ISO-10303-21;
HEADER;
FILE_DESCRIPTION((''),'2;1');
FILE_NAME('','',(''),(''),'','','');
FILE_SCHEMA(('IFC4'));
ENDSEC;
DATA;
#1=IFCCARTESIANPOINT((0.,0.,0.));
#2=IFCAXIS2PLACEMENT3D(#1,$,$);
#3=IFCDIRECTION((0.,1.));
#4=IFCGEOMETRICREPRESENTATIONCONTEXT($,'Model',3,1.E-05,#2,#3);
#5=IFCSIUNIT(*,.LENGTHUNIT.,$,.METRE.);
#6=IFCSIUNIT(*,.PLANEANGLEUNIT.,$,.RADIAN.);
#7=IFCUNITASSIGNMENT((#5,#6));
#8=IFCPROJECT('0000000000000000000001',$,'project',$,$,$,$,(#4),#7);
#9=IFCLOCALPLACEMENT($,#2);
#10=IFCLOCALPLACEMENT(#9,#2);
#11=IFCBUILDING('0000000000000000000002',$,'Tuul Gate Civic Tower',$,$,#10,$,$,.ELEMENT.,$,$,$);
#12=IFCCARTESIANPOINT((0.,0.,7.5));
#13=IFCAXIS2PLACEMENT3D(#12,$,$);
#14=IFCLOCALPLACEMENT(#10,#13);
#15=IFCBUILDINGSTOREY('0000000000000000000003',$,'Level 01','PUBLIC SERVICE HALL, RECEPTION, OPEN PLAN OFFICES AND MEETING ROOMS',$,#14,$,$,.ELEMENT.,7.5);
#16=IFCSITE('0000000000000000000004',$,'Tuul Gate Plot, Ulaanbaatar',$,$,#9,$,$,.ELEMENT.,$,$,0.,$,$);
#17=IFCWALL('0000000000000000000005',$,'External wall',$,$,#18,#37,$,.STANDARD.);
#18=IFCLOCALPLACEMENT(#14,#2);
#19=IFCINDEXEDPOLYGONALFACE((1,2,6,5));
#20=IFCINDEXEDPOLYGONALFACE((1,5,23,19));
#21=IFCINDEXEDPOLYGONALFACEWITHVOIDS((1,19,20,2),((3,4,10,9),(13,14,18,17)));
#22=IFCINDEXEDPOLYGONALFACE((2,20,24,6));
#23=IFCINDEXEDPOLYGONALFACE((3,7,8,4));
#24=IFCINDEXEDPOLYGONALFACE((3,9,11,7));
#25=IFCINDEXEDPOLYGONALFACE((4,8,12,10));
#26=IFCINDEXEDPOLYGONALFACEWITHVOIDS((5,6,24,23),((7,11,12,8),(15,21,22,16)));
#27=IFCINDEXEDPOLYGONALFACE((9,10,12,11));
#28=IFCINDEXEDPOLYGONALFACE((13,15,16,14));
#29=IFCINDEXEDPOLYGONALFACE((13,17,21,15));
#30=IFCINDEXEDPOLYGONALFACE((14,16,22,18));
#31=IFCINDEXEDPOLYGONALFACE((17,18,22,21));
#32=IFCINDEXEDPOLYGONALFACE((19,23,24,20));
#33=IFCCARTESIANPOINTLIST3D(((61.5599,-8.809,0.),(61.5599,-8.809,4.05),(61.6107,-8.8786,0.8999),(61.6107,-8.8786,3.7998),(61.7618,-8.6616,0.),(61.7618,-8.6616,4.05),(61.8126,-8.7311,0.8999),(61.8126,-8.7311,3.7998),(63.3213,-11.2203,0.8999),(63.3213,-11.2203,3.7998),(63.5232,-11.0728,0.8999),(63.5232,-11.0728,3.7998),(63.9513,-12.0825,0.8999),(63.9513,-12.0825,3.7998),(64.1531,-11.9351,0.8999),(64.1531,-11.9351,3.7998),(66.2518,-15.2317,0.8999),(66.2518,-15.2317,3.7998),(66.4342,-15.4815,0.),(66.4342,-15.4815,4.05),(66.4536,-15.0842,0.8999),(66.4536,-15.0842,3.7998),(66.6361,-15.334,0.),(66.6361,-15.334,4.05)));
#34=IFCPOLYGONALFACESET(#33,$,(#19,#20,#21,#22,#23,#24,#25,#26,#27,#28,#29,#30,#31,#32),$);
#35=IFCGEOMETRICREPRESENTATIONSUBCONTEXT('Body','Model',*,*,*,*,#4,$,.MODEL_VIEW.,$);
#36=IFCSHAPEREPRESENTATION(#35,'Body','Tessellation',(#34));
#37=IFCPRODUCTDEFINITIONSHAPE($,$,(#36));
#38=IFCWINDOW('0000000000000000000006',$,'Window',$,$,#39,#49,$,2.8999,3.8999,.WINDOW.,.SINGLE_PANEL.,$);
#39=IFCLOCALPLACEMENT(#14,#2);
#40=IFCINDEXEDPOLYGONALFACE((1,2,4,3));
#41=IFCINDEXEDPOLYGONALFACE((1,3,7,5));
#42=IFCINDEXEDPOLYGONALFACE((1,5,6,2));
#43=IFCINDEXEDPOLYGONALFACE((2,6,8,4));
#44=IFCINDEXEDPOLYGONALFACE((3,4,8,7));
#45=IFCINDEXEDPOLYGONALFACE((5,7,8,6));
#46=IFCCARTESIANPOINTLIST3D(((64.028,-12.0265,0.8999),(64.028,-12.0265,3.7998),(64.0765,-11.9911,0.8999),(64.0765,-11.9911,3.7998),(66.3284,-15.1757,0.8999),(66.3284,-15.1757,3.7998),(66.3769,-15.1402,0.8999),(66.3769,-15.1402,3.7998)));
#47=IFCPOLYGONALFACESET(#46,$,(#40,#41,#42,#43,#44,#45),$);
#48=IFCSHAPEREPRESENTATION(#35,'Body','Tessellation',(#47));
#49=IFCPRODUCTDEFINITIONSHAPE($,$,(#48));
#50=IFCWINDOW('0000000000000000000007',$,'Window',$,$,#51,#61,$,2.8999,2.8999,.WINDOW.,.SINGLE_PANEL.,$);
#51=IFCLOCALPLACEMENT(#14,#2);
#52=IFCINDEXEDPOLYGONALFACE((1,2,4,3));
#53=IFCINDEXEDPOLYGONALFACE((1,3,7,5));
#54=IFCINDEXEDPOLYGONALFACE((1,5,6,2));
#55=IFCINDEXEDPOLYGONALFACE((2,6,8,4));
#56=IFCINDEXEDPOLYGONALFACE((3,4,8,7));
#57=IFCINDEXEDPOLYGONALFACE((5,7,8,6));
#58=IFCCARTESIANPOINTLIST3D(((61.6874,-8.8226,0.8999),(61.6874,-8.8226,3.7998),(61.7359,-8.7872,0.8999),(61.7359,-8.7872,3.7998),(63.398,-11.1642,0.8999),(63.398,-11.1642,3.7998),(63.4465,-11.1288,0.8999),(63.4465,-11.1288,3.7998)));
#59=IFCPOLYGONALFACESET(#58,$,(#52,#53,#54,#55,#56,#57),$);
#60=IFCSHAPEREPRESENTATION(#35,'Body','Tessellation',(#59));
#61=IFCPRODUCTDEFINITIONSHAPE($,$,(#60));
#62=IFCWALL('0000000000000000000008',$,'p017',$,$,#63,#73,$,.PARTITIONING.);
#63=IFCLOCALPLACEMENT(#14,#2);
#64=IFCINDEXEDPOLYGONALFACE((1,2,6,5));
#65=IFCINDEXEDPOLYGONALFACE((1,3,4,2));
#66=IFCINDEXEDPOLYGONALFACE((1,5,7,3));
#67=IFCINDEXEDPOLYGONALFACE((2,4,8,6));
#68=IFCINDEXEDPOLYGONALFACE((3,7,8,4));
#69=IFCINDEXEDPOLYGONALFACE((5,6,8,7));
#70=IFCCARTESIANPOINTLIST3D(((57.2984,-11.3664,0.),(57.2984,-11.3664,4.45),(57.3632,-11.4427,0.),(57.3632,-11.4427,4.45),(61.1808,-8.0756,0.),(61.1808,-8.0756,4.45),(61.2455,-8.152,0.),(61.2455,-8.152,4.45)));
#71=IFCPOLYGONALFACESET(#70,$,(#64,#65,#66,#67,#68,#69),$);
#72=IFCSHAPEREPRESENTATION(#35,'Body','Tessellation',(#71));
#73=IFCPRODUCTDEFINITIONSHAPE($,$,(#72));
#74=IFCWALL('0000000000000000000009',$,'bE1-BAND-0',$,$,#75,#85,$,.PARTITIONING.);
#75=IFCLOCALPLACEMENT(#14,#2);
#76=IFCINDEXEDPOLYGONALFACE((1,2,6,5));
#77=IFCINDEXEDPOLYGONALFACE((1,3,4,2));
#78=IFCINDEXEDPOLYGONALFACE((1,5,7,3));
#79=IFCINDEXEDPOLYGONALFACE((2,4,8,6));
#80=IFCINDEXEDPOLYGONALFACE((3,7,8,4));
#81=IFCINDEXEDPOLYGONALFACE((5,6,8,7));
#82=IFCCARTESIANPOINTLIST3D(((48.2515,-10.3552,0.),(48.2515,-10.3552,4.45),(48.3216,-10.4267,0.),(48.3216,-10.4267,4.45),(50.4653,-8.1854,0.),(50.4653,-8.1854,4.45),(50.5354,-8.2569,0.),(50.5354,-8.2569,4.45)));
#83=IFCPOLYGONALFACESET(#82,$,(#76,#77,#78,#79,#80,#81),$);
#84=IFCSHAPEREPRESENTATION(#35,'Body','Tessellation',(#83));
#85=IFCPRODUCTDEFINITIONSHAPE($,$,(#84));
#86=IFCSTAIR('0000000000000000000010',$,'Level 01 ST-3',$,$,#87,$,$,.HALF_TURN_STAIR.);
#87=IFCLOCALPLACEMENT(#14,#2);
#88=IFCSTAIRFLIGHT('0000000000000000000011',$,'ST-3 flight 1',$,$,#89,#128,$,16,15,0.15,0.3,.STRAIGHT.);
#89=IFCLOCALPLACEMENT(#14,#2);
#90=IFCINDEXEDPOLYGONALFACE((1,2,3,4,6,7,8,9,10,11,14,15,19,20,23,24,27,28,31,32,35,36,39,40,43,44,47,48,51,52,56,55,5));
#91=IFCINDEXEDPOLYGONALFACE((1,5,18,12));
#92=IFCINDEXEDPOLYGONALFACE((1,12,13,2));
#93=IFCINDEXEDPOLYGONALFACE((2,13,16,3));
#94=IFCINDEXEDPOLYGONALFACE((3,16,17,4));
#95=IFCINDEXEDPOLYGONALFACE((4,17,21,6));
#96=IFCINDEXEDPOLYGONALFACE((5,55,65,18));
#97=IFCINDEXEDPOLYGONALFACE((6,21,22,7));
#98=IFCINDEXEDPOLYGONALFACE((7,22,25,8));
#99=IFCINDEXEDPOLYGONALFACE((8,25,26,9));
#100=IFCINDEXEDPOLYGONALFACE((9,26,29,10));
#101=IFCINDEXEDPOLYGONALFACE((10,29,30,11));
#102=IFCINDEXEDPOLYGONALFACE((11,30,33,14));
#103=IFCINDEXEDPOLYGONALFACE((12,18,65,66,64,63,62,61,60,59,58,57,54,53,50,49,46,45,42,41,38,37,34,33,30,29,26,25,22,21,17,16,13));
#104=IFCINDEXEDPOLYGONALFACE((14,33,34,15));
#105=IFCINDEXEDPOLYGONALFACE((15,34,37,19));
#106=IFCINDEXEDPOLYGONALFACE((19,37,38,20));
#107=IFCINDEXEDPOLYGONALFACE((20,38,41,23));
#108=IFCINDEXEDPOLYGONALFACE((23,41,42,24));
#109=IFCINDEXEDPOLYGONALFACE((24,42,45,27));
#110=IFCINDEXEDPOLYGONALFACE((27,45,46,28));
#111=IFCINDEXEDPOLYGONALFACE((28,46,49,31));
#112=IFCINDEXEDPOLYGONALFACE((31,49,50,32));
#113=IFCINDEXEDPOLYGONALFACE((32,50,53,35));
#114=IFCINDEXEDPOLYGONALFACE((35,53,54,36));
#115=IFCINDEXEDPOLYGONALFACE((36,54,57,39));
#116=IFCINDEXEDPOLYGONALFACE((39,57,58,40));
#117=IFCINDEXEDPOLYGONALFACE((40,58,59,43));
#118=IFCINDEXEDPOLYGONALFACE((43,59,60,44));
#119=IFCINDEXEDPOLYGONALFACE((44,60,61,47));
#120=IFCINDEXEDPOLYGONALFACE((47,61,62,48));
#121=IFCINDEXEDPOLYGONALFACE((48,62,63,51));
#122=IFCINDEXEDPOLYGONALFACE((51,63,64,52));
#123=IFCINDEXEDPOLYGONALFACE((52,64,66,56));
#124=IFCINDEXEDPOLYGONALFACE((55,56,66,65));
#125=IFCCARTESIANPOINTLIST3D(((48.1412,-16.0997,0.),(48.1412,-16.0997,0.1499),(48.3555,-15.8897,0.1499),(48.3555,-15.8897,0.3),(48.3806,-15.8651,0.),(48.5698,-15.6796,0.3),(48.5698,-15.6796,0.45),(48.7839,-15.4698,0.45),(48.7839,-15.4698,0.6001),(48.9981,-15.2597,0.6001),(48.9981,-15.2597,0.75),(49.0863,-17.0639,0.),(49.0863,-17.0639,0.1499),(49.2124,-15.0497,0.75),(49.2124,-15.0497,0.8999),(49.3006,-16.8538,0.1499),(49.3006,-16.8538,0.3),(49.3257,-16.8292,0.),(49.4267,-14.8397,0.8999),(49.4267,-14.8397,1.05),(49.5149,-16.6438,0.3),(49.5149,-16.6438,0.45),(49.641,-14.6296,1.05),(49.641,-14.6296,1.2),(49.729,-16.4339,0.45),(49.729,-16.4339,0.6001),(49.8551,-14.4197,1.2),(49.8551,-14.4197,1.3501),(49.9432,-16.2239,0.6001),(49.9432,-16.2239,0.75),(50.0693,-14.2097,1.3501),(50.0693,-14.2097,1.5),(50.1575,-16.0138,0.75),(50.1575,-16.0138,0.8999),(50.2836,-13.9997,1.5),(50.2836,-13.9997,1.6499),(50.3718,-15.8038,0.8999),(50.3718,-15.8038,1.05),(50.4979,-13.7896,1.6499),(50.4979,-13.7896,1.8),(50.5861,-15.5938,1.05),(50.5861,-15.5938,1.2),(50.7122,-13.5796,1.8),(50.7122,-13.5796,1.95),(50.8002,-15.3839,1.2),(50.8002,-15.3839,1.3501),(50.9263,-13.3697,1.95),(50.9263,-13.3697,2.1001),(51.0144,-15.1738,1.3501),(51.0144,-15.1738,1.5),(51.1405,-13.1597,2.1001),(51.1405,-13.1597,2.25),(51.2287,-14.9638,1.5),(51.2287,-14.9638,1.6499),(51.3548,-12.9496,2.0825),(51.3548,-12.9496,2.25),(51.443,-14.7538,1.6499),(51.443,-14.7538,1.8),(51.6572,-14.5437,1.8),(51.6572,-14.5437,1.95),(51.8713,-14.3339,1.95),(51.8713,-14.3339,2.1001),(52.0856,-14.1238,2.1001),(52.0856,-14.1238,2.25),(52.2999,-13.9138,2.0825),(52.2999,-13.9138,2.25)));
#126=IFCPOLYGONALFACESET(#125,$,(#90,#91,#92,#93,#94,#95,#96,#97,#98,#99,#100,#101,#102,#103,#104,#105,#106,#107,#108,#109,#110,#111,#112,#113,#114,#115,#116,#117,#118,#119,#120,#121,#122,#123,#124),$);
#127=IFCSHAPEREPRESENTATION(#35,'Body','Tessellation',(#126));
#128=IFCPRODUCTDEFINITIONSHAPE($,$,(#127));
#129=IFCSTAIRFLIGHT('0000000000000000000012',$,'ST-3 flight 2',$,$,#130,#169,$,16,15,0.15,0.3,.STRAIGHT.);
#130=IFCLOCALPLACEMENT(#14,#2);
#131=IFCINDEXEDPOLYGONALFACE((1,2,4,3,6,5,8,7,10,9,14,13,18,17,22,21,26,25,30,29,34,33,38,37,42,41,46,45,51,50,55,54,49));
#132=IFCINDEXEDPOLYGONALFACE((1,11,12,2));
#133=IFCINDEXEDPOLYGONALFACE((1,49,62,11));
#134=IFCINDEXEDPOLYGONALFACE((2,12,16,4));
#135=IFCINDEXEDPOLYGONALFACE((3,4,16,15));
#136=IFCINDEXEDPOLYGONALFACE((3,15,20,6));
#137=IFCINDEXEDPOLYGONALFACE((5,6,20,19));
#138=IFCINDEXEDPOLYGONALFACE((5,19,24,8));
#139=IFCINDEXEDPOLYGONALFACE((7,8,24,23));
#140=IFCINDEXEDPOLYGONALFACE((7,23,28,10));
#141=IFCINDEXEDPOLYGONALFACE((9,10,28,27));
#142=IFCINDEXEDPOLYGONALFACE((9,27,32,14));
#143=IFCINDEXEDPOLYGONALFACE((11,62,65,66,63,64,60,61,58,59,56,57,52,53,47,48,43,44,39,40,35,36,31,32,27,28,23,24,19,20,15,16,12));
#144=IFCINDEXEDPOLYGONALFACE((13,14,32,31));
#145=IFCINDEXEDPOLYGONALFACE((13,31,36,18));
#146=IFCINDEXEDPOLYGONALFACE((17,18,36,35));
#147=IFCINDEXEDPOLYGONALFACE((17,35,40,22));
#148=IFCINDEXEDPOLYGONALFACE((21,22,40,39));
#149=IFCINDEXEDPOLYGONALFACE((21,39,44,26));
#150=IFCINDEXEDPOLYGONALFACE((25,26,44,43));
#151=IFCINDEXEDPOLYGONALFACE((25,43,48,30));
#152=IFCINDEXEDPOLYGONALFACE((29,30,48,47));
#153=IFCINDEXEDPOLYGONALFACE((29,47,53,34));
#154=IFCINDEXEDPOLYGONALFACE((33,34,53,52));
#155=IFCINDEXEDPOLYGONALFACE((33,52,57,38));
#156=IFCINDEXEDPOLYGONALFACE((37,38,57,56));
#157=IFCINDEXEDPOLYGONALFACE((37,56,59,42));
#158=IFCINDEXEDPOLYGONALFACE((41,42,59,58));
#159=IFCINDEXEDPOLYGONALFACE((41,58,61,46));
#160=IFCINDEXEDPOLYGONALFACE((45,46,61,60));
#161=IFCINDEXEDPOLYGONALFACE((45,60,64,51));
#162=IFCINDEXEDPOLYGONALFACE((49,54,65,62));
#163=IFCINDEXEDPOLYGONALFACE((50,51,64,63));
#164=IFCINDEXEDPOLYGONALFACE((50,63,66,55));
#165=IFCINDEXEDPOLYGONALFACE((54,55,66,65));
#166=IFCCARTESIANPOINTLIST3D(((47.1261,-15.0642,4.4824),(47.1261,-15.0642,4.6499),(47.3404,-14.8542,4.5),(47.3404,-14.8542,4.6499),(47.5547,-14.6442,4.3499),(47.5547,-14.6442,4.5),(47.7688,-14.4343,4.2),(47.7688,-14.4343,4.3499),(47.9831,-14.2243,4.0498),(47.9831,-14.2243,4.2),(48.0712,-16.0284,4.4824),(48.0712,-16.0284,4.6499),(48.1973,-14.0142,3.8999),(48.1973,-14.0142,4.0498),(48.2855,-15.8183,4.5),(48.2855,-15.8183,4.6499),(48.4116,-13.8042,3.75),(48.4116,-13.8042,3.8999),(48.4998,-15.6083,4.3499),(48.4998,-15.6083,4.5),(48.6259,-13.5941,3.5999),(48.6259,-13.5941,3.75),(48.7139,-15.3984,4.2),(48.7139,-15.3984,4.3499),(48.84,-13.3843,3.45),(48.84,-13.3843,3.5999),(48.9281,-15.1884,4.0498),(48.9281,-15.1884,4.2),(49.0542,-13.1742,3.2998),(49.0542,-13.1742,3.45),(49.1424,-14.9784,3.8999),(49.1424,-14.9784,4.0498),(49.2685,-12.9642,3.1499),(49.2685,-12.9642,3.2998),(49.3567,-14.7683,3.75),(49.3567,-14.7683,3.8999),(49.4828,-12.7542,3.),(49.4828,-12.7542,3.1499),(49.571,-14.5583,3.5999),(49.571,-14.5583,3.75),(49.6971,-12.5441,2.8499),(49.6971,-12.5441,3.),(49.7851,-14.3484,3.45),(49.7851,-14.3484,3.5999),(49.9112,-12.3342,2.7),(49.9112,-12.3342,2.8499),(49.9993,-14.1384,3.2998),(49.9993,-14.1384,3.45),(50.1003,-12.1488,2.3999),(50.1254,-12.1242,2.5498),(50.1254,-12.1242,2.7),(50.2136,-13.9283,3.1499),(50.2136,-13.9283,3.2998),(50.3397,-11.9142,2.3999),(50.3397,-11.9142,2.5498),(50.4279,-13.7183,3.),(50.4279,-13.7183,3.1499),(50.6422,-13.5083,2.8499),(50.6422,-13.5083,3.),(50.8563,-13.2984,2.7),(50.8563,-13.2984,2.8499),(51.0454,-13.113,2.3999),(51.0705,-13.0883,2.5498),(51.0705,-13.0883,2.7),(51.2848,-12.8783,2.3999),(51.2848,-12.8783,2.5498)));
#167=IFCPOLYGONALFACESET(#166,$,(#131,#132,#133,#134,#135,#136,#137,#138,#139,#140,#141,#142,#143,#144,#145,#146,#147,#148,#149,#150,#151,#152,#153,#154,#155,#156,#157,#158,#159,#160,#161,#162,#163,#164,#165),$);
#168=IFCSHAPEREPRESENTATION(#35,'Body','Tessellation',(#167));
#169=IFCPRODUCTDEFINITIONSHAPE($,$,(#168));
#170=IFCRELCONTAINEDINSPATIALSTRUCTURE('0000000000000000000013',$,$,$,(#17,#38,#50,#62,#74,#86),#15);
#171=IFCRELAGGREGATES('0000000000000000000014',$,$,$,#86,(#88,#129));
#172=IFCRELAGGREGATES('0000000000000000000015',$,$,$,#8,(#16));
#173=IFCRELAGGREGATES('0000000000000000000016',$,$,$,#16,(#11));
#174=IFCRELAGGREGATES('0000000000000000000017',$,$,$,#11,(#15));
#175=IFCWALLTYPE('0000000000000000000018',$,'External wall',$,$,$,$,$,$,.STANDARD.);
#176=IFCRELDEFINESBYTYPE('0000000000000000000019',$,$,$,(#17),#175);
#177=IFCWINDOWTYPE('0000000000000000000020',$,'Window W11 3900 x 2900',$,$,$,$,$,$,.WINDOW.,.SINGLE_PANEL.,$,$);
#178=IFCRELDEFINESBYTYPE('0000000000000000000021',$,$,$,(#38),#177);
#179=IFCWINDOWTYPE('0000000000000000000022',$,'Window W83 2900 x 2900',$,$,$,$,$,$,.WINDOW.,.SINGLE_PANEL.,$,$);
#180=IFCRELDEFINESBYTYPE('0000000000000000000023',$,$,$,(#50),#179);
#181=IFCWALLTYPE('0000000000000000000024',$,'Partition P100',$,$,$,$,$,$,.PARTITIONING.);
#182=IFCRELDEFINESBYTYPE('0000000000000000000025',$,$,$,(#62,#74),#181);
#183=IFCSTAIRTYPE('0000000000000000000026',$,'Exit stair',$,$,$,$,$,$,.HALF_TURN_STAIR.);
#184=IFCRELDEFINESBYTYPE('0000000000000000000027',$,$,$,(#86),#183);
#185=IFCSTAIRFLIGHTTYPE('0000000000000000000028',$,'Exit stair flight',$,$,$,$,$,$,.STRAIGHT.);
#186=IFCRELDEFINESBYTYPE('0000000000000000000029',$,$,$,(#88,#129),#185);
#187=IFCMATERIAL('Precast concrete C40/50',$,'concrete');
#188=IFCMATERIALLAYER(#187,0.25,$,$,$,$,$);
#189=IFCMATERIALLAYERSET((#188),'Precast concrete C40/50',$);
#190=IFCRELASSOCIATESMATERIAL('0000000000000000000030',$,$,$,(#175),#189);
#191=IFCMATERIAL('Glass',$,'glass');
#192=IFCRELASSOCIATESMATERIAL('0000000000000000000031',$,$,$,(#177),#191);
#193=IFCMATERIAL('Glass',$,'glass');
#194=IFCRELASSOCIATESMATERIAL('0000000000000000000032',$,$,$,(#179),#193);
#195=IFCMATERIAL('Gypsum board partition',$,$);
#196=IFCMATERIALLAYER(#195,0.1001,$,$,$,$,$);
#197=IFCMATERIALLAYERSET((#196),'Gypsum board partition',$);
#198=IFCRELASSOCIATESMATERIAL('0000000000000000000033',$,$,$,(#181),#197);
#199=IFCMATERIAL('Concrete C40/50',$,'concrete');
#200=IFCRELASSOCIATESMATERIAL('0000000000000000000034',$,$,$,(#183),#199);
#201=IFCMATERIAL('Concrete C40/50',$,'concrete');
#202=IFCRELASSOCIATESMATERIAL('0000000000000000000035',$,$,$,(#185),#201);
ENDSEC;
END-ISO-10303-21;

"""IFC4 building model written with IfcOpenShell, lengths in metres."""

from ifc_helpers import new_model, si_unit, direction, frame, frame_2d, origin, place, context, subcontext, project, spatial, polyline, rectangle, outline, extrude, material, layer, layer_set, type_object, element, fill, aggregate, save


model = new_model("IFC4")

# Units and contexts
model_context = context("Model", 3, precision=1e-05, world=origin(), true_north=direction((0.0, 1.0)))
body_context = subcontext(model_context, "Body", "Model", "MODEL_VIEW")
ifc_project = project(units=[si_unit("LENGTHUNIT", "METRE"), si_unit("PLANEANGLEUNIT", "RADIAN")], contexts=[model_context])

# Site, building, storey
site_placement = place(None, origin())
site = spatial("IfcSite", under=ifc_project, at=site_placement, Name="Tuul Gate Plot, Ulaanbaatar", CompositionType="ELEMENT", RefElevation=0.0)
building_placement = place(site_placement, origin())
building = spatial("IfcBuilding", under=site, at=building_placement, Name="Tuul Gate Civic Tower", CompositionType="ELEMENT")
storey_placement = place(building_placement, frame((0.0, 0.0, 7.5)))
storey = spatial("IfcBuildingStorey", under=building, at=storey_placement, Name="Level 01", Description="PUBLIC SERVICE HALL, RECEPTION, OPEN PLAN OFFICES AND MEETING ROOMS", CompositionType="ELEMENT", Elevation=7.5)

# Wall, openings, windows
ifc_material_1 = material(Name="Precast concrete C40/50", Category="concrete")
ifc_layer_1 = layer(ifc_material_1, 0.25)
ifc_layer_set_1 = layer_set([ifc_layer_1], Name="Precast concrete C40/50")
wall_type_1 = type_object("IfcWallType", Name="External wall", PredefinedType="STANDARD", material=ifc_layer_set_1)
wall_1_placement = place(storey_placement, frame((66.5352, -15.4077, 0.0), z_axis=(0.0, 0.0, 1.0), x_axis=(-0.589883, 0.807489, 0.0)))
wall_1 = element("IfcWall", 1, at=wall_1_placement, inside=storey, type_object=wall_type_1, Name="External wall", PredefinedType="STANDARD", context=body_context, shape_type="SweptSolid", body=[
    extrude(rectangle(XDim=8.2632, YDim=0.25, at=frame_2d((4.1316, 0.0))), origin(), (0.0, 0.0, 1.0), 4.05),
])
opening_1_placement = place(wall_1_placement, frame((0.3093, 0.0, 0.8999)))
opening_1 = element("IfcOpeningElement", 2, at=opening_1_placement, cuts=wall_1, PredefinedType="OPENING", context=body_context, shape_type="SweptSolid", body=[
    extrude(rectangle(XDim=3.8999, YDim=2.8999, at=frame_2d((1.95, 1.45))), frame((0.0, 0.135, 0.0), z_axis=(0.0, -1.0, 0.0), x_axis=(1.0, 0.0, 0.0)), (0.0, 0.0, 1.0), 0.27),
])
opening_2_placement = place(wall_1_placement, frame((5.2771, 0.0, 0.8999)))
opening_2 = element("IfcOpeningElement", 3, at=opening_2_placement, cuts=wall_1, PredefinedType="OPENING", context=body_context, shape_type="SweptSolid", body=[
    extrude(rectangle(XDim=2.8999, YDim=2.8999, at=frame_2d((1.45, 1.45))), frame((0.0, 0.135, 0.0), z_axis=(0.0, -1.0, 0.0), x_axis=(1.0, 0.0, 0.0)), (0.0, 0.0, 1.0), 0.27),
])
ifc_material_2 = material(Name="Glass", Category="glass")
window_type_1 = type_object("IfcWindowType", Name="Window W11 3900 x 2900", PartitioningType="SINGLE_PANEL", PredefinedType="WINDOW", material=ifc_material_2)
window_1_placement = place(opening_1_placement, origin())
window_1 = element("IfcWindow", 4, at=window_1_placement, inside=storey, type_object=window_type_1, Name="Window", OverallHeight=2.8999, OverallWidth=3.8999, PartitioningType="SINGLE_PANEL", PredefinedType="WINDOW", context=body_context, shape_type="SweptSolid", body=[
    extrude(rectangle(XDim=3.8999, YDim=2.8999, at=frame_2d((1.95, 1.45))), frame((0.0, 0.03, 0.0), z_axis=(0.0, -1.0, 0.0), x_axis=(1.0, 0.0, 0.0)), (0.0, 0.0, 1.0), 0.0601),
])
fill(opening_1, window_1)
ifc_material_3 = material(Name="Glass", Category="glass")
window_type_2 = type_object("IfcWindowType", Name="Window W83 2900 x 2900", PartitioningType="SINGLE_PANEL", PredefinedType="WINDOW", material=ifc_material_3)
window_2_placement = place(opening_2_placement, origin())
window_2 = element("IfcWindow", 5, at=window_2_placement, inside=storey, type_object=window_type_2, Name="Window", OverallHeight=2.8999, OverallWidth=2.8999, PartitioningType="SINGLE_PANEL", PredefinedType="WINDOW", context=body_context, shape_type="SweptSolid", body=[
    extrude(rectangle(XDim=2.8999, YDim=2.8999, at=frame_2d((1.45, 1.45))), frame((0.0, 0.03, 0.0), z_axis=(0.0, -1.0, 0.0), x_axis=(1.0, 0.0, 0.0)), (0.0, 0.0, 1.0), 0.0601),
])
fill(opening_2, window_2)

# Walls
ifc_material_4 = material(Name="Gypsum board partition")
ifc_layer_2 = layer(ifc_material_4, 0.1001)
ifc_layer_set_2 = layer_set([ifc_layer_2], Name="Gypsum board partition")
wall_type_2 = type_object("IfcWallType", Name="Partition P100", PredefinedType="PARTITIONING", material=ifc_layer_set_2)
wall_2_placement = place(storey_placement, frame((57.3308, -11.4045, 0.0), z_axis=(0.0, 0.0, 1.0), x_axis=(0.762831, 0.646598, 0.0)))
element("IfcWall", 6, at=wall_2_placement, inside=storey, type_object=wall_type_2, Name="p017", PredefinedType="PARTITIONING", context=body_context, shape_type="SweptSolid", body=[
    extrude(rectangle(XDim=5.0894, YDim=0.1001, at=frame_2d((2.5447, 0.0))), origin(), (0.0, 0.0, 1.0), 4.45),
])
wall_3_placement = place(storey_placement, frame((48.2866, -10.3909, 0.0), z_axis=(0.0, 0.0, 1.0), x_axis=(0.714159, 0.699983, 0.0)))
element("IfcWall", 7, at=wall_3_placement, inside=storey, type_object=wall_type_2, Name="bE1-BAND-0", PredefinedType="PARTITIONING", context=body_context, shape_type="SweptSolid", body=[
    extrude(rectangle(XDim=3.0999, YDim=0.1001, at=frame_2d((1.5498, 0.0))), origin(), (0.0, 0.0, 1.0), 4.45),
])

# Stair, stair flights
ifc_material_5 = material(Name="Concrete C40/50", Category="concrete")
stair_type = type_object("IfcStairType", Name="Exit stair", PredefinedType="HALF_TURN_STAIR", material=ifc_material_5)
stair_placement = place(storey_placement, origin())
stair = element("IfcStair", 8, at=stair_placement, inside=storey, type_object=stair_type, Name="Level 01 ST-3", PredefinedType="HALF_TURN_STAIR")
ifc_material_6 = material(Name="Concrete C40/50", Category="concrete")
stair_flight_type = type_object("IfcStairFlightType", Name="Exit stair flight", PredefinedType="STRAIGHT", material=ifc_material_6)
stair_flight_1_placement = place(storey_placement, frame((48.6138, -16.5818, 0.0), z_axis=(0.0, 0.0, 1.0), x_axis=(0.714127, 0.700016, 0.0)))
stair_flight_1 = element("IfcStairFlight", 9, at=stair_flight_1_placement, type_object=stair_flight_type, Name="ST-3 flight 1", NumberOfRisers=16, NumberOfTreads=15, PredefinedType="STRAIGHT", RiserHeight=0.15, TreadLength=0.3, context=body_context, shape_type="SweptSolid", body=[
    extrude(outline(polyline([(0.0, 0.0), (0.0, 0.1499), (0.3, 0.1499), (0.3, 0.3), (0.6001, 0.3), (0.6001, 0.45), (0.8999, 0.45), (0.8999, 0.6001), (1.2, 0.6001), (1.2, 0.75), (1.5, 0.75), (1.5, 0.8999), (1.8, 0.8999), (1.8, 1.05), (2.1001, 1.05), (2.1001, 1.2), (2.3999, 1.2), (2.3999, 1.3501), (2.7, 1.3501), (2.7, 1.5), (3.0, 1.5), (3.0, 1.6499), (3.3, 1.6499), (3.3, 1.8), (3.6001, 1.8), (3.6001, 1.95), (3.8999, 1.95), (3.8999, 2.1001), (4.2, 2.1001), (4.2, 2.25), (4.5, 2.25), (4.5, 2.3999), (4.5, 2.0825), (0.3352, 0.0), (0.0, 0.0)])), frame((0.0, 0.675, 0.0), z_axis=(0.0, -1.0, 0.0), x_axis=(1.0, 0.0, 0.0)), (0.0, 0.0, 1.0), 1.3501),
])
stair_flight_2_placement = place(storey_placement, frame((50.8123, -12.3962, 2.3999), z_axis=(0.0, 0.0, 1.0), x_axis=(-0.714127, -0.700016, 0.0)))
stair_flight_2 = element("IfcStairFlight", 10, at=stair_flight_2_placement, type_object=stair_flight_type, Name="ST-3 flight 2", NumberOfRisers=16, NumberOfTreads=15, PredefinedType="STRAIGHT", RiserHeight=0.15, TreadLength=0.3, context=body_context, shape_type="SweptSolid", body=[
    extrude(outline(polyline([(0.0, 0.0), (0.0, 0.1499), (0.3, 0.1499), (0.3, 0.3), (0.6001, 0.3), (0.6001, 0.45), (0.8999, 0.45), (0.8999, 0.6001), (1.2, 0.6001), (1.2, 0.75), (1.5, 0.75), (1.5, 0.8999), (1.8, 0.8999), (1.8, 1.05), (2.1001, 1.05), (2.1001, 1.2), (2.3999, 1.2), (2.3999, 1.3501), (2.7, 1.3501), (2.7, 1.5), (3.0, 1.5), (3.0, 1.6499), (3.3, 1.6499), (3.3, 1.8), (3.6001, 1.8), (3.6001, 1.95), (3.8999, 1.95), (3.8999, 2.1001), (4.2, 2.1001), (4.2, 2.25), (4.5, 2.25), (4.5, 2.3999), (4.5, 2.0825), (0.3352, 0.0), (0.0, 0.0)])), frame((0.0, 0.675, 0.0), z_axis=(0.0, -1.0, 0.0), x_axis=(1.0, 0.0, 0.0)), (0.0, 0.0, 1.0), 1.3501),
])
aggregate(stair, [stair_flight_1, stair_flight_2])

save(model, "model.ifc")
